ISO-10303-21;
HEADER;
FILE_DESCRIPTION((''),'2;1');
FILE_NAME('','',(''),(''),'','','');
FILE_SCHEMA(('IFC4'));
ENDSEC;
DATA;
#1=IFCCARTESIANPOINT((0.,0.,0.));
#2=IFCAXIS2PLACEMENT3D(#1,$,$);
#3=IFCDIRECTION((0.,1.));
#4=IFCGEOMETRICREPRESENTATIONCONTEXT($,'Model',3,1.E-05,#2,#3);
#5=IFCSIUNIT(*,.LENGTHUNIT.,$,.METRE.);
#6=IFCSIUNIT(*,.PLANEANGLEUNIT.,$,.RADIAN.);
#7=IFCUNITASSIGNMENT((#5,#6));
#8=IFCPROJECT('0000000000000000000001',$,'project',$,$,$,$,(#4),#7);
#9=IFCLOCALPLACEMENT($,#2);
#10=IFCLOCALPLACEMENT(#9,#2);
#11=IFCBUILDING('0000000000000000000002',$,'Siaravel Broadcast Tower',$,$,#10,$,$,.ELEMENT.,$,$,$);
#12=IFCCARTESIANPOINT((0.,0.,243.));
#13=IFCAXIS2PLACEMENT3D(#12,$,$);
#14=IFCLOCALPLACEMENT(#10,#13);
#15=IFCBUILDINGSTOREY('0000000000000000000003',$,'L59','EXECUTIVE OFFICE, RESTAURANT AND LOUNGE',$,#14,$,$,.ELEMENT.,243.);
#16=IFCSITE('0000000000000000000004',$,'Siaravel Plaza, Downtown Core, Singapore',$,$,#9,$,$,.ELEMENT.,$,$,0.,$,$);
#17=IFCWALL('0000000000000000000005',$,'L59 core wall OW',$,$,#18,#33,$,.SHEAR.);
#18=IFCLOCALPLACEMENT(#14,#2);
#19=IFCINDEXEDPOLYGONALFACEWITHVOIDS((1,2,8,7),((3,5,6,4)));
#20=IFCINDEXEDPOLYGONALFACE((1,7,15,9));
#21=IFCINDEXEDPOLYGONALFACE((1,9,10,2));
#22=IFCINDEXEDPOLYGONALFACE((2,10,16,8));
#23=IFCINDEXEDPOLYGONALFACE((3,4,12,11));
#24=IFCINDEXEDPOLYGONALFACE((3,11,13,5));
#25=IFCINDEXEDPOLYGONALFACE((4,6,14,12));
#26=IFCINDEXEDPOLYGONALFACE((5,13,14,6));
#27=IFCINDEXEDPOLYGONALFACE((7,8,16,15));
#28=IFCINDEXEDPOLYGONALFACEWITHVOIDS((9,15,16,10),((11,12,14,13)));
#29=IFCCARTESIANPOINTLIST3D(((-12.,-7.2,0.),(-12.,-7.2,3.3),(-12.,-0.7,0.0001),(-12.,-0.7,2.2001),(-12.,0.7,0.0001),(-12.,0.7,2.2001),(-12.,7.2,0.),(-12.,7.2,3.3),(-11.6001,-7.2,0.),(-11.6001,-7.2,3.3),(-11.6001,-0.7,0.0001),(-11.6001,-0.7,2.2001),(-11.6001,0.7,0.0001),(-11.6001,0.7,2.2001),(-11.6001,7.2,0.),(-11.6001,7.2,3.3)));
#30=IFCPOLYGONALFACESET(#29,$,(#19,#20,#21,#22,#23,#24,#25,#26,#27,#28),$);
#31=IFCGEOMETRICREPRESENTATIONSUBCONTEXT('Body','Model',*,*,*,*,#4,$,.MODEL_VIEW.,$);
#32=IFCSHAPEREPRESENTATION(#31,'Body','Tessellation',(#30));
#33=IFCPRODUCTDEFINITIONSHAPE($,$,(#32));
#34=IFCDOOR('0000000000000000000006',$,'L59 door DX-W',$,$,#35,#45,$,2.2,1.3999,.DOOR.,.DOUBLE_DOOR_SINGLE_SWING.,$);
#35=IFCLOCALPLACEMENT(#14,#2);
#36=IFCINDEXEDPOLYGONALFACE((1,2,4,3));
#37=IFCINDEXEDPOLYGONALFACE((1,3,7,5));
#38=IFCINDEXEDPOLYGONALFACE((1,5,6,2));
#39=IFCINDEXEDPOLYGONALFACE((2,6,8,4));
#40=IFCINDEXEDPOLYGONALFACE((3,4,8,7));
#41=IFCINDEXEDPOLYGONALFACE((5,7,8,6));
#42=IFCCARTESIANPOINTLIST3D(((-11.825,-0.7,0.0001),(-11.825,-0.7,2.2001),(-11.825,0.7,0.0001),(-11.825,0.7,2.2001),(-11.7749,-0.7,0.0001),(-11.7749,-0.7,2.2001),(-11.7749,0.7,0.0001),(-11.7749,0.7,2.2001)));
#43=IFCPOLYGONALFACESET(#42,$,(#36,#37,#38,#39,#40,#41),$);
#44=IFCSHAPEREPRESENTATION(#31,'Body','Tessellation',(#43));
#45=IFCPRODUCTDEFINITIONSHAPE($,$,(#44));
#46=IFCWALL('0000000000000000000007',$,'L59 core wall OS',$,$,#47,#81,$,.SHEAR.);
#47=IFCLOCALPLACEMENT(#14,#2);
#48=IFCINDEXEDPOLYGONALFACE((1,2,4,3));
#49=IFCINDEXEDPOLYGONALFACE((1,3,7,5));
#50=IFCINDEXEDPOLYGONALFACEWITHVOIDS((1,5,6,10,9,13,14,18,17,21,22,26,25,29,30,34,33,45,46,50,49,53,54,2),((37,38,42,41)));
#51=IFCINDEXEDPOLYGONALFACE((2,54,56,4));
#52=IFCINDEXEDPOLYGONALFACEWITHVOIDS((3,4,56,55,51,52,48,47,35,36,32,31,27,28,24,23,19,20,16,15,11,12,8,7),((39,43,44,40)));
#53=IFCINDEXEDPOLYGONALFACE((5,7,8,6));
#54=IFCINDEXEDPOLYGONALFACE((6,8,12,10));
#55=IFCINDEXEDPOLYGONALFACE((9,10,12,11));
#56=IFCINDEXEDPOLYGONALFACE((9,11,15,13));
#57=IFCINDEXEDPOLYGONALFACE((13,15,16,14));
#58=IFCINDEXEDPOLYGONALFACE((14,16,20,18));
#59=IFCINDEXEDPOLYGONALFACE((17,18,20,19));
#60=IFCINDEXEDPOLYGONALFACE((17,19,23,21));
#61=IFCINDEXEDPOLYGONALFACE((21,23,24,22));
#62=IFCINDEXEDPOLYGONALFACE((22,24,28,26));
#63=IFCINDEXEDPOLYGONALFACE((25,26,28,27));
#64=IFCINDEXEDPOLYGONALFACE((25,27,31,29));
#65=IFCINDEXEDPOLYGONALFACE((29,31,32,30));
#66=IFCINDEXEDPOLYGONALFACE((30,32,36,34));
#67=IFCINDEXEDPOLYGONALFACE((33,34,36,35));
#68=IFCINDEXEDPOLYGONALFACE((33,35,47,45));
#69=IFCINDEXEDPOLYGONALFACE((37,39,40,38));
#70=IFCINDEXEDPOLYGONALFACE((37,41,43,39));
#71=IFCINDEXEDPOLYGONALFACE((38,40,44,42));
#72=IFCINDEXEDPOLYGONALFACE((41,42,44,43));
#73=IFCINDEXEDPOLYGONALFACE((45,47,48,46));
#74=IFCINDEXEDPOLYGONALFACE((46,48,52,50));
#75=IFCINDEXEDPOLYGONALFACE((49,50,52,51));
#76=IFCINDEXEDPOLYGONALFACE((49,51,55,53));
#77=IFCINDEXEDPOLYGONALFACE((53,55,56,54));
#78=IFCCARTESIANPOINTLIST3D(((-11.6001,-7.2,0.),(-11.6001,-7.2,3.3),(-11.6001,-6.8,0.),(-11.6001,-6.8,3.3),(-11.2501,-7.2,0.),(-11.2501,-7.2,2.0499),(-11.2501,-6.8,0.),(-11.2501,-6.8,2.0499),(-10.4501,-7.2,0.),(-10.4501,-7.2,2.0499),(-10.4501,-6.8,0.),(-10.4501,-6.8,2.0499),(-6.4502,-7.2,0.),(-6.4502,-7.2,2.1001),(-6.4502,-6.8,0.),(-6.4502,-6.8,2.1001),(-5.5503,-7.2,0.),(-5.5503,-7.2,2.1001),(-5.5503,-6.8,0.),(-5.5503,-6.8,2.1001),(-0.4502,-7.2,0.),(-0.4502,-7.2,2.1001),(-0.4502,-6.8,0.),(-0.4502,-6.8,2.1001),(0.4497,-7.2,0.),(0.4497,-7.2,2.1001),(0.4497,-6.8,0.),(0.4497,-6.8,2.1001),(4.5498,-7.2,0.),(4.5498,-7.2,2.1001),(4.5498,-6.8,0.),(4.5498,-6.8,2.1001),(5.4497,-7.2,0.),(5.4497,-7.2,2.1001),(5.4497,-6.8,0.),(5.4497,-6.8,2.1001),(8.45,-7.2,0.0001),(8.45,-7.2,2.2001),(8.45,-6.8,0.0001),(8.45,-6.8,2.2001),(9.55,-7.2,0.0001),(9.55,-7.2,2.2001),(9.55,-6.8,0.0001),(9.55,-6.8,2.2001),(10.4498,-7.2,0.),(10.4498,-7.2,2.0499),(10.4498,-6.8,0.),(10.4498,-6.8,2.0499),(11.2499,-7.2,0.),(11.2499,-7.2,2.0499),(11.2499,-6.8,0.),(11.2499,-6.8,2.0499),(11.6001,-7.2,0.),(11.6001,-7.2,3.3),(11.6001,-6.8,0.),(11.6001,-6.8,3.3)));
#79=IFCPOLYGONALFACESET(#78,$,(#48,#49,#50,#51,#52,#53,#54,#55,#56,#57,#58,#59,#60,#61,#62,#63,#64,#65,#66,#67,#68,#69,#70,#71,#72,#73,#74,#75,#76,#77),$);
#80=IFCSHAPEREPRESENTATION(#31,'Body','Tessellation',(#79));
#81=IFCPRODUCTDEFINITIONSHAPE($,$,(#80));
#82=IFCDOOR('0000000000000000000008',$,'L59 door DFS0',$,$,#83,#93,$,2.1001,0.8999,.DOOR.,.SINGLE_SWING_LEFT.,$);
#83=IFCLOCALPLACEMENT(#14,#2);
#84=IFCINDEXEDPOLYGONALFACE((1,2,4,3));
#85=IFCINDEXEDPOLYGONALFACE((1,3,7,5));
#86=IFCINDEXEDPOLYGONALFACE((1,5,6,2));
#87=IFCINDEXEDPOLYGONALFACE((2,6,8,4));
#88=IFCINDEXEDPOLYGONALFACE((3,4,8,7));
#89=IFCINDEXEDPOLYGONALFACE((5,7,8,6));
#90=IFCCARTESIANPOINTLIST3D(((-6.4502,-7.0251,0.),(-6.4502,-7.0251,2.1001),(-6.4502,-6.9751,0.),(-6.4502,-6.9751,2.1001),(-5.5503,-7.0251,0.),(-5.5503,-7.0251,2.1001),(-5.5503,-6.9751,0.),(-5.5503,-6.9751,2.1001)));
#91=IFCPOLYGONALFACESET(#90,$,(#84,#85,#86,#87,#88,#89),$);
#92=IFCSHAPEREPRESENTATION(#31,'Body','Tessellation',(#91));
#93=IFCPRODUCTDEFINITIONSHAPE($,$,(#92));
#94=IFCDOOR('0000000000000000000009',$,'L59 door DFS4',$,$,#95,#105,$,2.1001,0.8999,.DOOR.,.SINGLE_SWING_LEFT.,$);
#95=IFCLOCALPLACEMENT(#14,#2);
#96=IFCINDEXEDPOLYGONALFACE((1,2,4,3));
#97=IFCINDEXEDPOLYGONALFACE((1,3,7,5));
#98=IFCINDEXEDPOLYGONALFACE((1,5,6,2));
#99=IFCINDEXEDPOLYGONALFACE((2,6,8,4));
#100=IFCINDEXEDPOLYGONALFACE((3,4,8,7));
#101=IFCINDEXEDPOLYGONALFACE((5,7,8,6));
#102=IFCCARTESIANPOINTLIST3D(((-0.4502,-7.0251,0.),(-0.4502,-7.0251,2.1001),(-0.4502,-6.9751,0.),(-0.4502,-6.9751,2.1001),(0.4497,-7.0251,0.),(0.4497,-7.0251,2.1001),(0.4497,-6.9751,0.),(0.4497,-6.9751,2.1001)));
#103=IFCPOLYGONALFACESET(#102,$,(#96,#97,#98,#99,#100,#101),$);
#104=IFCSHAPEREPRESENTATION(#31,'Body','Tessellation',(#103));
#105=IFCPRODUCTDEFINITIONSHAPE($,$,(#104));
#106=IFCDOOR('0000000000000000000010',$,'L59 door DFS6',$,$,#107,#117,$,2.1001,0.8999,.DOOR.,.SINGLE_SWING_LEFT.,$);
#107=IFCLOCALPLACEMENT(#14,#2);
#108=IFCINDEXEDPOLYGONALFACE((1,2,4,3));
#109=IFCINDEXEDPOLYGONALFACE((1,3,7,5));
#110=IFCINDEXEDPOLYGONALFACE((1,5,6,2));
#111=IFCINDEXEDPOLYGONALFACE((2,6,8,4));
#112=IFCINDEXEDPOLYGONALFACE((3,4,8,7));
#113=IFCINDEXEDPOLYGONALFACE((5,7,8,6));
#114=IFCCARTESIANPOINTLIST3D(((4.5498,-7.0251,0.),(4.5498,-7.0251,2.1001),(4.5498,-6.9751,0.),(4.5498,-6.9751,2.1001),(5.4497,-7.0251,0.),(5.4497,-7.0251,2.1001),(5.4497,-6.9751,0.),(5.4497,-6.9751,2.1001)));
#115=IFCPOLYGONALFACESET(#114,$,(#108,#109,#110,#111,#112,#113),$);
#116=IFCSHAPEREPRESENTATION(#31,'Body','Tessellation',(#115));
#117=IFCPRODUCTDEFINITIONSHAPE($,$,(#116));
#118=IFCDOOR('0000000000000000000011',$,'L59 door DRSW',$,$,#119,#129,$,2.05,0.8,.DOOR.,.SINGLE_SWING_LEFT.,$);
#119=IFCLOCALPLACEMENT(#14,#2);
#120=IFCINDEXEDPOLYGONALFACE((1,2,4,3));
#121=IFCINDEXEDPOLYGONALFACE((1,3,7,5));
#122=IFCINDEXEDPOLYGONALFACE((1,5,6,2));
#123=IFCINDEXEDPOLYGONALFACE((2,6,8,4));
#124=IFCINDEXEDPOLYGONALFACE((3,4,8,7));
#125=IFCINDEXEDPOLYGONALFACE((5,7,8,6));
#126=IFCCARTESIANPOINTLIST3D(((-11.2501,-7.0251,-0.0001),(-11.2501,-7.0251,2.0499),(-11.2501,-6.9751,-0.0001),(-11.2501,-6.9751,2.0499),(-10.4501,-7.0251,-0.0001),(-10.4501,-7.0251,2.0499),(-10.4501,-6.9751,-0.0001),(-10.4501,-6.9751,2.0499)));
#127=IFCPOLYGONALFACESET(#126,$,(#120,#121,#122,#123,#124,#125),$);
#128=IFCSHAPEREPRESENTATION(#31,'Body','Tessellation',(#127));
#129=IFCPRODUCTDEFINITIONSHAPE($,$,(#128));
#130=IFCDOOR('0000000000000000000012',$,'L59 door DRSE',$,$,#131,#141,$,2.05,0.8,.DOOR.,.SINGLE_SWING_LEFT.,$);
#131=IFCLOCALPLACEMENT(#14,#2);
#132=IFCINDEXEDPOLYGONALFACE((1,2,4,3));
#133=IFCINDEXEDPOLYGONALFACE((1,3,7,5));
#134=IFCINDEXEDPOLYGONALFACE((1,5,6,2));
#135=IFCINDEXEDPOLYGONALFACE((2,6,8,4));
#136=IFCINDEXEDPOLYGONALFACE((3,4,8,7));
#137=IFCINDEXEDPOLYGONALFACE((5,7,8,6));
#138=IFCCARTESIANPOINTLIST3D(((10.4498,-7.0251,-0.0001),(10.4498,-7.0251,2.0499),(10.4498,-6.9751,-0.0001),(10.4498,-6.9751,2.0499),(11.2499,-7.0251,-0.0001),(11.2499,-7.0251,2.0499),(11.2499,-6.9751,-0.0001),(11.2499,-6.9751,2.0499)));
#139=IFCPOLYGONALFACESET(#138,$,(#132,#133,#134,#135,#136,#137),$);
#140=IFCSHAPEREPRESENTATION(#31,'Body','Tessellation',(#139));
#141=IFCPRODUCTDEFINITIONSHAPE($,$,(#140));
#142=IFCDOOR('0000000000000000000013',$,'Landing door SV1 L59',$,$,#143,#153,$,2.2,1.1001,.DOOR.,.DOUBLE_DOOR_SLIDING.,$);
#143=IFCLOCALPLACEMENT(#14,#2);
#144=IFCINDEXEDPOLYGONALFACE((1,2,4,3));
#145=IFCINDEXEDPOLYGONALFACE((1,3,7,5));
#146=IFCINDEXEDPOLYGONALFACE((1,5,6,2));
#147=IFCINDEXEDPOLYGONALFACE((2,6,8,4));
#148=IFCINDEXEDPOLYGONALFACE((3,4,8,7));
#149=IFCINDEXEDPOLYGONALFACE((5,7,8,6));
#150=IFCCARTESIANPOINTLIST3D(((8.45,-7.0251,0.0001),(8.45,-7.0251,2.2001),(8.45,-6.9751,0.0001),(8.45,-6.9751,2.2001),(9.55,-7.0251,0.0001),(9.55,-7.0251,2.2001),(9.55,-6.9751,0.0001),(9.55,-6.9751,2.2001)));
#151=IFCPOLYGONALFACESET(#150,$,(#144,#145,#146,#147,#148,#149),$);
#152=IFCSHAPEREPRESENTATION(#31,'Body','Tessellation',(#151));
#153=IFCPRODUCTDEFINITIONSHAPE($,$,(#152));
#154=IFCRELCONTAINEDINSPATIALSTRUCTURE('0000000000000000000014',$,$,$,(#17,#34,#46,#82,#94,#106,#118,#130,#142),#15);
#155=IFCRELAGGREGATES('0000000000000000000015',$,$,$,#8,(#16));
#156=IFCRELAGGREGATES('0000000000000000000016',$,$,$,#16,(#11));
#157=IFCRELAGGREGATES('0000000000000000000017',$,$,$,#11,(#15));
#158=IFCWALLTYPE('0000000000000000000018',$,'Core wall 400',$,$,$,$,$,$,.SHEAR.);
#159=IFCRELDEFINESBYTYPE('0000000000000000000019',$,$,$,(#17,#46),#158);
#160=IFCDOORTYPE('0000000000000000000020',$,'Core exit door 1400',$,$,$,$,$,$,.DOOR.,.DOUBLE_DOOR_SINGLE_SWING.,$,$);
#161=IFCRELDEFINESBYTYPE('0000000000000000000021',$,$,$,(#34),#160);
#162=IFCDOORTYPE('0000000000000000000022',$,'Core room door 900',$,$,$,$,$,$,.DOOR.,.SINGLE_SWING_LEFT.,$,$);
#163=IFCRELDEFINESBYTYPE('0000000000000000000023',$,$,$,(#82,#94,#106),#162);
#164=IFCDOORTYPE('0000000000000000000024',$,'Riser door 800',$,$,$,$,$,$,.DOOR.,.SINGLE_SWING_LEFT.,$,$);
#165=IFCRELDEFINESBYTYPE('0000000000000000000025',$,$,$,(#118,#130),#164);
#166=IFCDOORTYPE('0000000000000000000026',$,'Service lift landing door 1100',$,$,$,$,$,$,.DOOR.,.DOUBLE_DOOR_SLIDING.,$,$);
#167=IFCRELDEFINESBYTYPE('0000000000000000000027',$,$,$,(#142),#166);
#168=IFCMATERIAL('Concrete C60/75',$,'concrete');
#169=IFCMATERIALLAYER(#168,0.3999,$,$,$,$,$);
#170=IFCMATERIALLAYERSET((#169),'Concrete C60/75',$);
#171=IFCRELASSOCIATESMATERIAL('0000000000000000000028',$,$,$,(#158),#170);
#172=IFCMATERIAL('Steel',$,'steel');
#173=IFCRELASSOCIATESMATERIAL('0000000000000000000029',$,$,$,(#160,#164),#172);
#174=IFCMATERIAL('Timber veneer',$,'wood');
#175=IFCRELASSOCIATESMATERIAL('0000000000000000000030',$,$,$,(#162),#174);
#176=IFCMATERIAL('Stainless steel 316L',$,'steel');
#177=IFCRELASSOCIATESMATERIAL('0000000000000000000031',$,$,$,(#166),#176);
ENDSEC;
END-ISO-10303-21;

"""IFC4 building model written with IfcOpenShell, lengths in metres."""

from ifc_helpers import new_model, si_unit, direction, frame, frame_2d, origin, place, context, subcontext, project, spatial, rectangle, extrude, material, layer, layer_set, type_object, element, fill, save


model = new_model("IFC4")

# Units and contexts
model_context = context("Model", 3, precision=1e-05, world=origin(), true_north=direction((0.0, 1.0)))
body_context = subcontext(model_context, "Body", "Model", "MODEL_VIEW")
ifc_project = project(units=[si_unit("LENGTHUNIT", "METRE"), si_unit("PLANEANGLEUNIT", "RADIAN")], contexts=[model_context])

# Site, building, storey
site_placement = place(None, origin())
site = spatial("IfcSite", under=ifc_project, at=site_placement, Name="Siaravel Plaza, Downtown Core, Singapore", CompositionType="ELEMENT", RefElevation=0.0)
building_placement = place(site_placement, origin())
building = spatial("IfcBuilding", under=site, at=building_placement, Name="Siaravel Broadcast Tower", CompositionType="ELEMENT")
storey_placement = place(building_placement, frame((0.0, 0.0, 243.0)))
storey = spatial("IfcBuildingStorey", under=building, at=storey_placement, Name="L59", Description="EXECUTIVE OFFICE, RESTAURANT AND LOUNGE", CompositionType="ELEMENT", Elevation=243.0)

# Wall, opening, door
ifc_material_1 = material(Name="Concrete C60/75", Category="concrete")
ifc_layer_1 = layer(ifc_material_1, 0.3999)
ifc_layer_set_1 = layer_set([ifc_layer_1], Name="Concrete C60/75")
wall_type_1 = type_object("IfcWallType", Name="Core wall 400", PredefinedType="SHEAR", material=ifc_layer_set_1)
wall_1_placement = place(storey_placement, frame((-11.8, -7.2, 0.0), z_axis=(0.0, 0.0, 1.0), x_axis=(0.0, 1.0, 0.0)))
wall_1 = element("IfcWall", 1, at=wall_1_placement, inside=storey, type_object=wall_type_1, Name="L59 core wall OW", PredefinedType="SHEAR", context=body_context, shape_type="SweptSolid", body=[
    extrude(rectangle(XDim=14.3999, YDim=0.3999, at=frame_2d((7.2, 0.0))), origin(), (0.0, 0.0, 1.0), 3.3),
])
opening_1_placement = place(wall_1_placement, frame((6.5, 0.0, 0.0)))
opening_1 = element("IfcOpeningElement", 2, at=opening_1_placement, cuts=wall_1, PredefinedType="OPENING", context=body_context, shape_type="SweptSolid", body=[
    extrude(rectangle(XDim=1.3999, YDim=2.2, at=frame_2d((0.7, 1.1001))), frame((0.0, 0.21, 0.0), z_axis=(0.0, -1.0, 0.0), x_axis=(1.0, 0.0, 0.0)), (0.0, 0.0, 1.0), 0.4199),
])
ifc_material_2 = material(Name="Steel", Category="steel")
door_type_1 = type_object("IfcDoorType", Name="Core exit door 1400", OperationType="DOUBLE_DOOR_SINGLE_SWING", PredefinedType="DOOR", material=ifc_material_2)
door_1_placement = place(opening_1_placement, origin())
door_1 = element("IfcDoor", 3, at=door_1_placement, inside=storey, type_object=door_type_1, Name="L59 door DX-W", OperationType="DOUBLE_DOOR_SINGLE_SWING", OverallHeight=2.2, OverallWidth=1.3999, PredefinedType="DOOR", context=body_context, shape_type="SweptSolid", body=[
    extrude(rectangle(XDim=1.3999, YDim=2.2, at=frame_2d((0.7, 1.1001))), frame((0.0, 0.0249, 0.0), z_axis=(0.0, -1.0, 0.0), x_axis=(1.0, 0.0, 0.0)), (0.0, 0.0, 1.0), 0.05),
])
fill(opening_1, door_1)

# Wall, openings, doors
wall_2_placement = place(storey_placement, frame((-11.6001, -7.0, 0.0), z_axis=(0.0, 0.0, 1.0), x_axis=(1.0, 0.0, 0.0)))
wall_2 = element("IfcWall", 4, at=wall_2_placement, inside=storey, type_object=wall_type_1, Name="L59 core wall OS", PredefinedType="SHEAR", context=body_context, shape_type="SweptSolid", body=[
    extrude(rectangle(XDim=23.2002, YDim=0.3999, at=frame_2d((11.6001, 0.0))), origin(), (0.0, 0.0, 1.0), 3.3),
])
opening_2_placement = place(wall_2_placement, frame((20.05, 0.0, 0.0)))
opening_2 = element("IfcOpeningElement", 5, at=opening_2_placement, cuts=wall_2, PredefinedType="OPENING", context=body_context, shape_type="SweptSolid", body=[
    extrude(rectangle(XDim=1.1001, YDim=2.2, at=frame_2d((0.55, 1.1001))), frame((0.0, 0.21, 0.0), z_axis=(0.0, -1.0, 0.0), x_axis=(1.0, 0.0, 0.0)), (0.0, 0.0, 1.0), 0.4199),
])
opening_3_placement = place(wall_2_placement, frame((5.1499, 0.0, 0.0)))
opening_3 = element("IfcOpeningElement", 6, at=opening_3_placement, cuts=wall_2, PredefinedType="OPENING", context=body_context, shape_type="SweptSolid", body=[
    extrude(rectangle(XDim=0.8999, YDim=2.1001, at=frame_2d((0.45, 1.05))), frame((0.0, 0.21, 0.0), z_axis=(0.0, -1.0, 0.0), x_axis=(1.0, 0.0, 0.0)), (0.0, 0.0, 1.0), 0.4199),
])
opening_4_placement = place(wall_2_placement, frame((11.1499, 0.0, 0.0)))
opening_4 = element("IfcOpeningElement", 7, at=opening_4_placement, cuts=wall_2, PredefinedType="OPENING", context=body_context, shape_type="SweptSolid", body=[
    extrude(rectangle(XDim=0.8999, YDim=2.1001, at=frame_2d((0.45, 1.05))), frame((0.0, 0.21, 0.0), z_axis=(0.0, -1.0, 0.0), x_axis=(1.0, 0.0, 0.0)), (0.0, 0.0, 1.0), 0.4199),
])
opening_5_placement = place(wall_2_placement, frame((16.1499, 0.0, 0.0)))
opening_5 = element("IfcOpeningElement", 8, at=opening_5_placement, cuts=wall_2, PredefinedType="OPENING", context=body_context, shape_type="SweptSolid", body=[
    extrude(rectangle(XDim=0.8999, YDim=2.1001, at=frame_2d((0.45, 1.05))), frame((0.0, 0.21, 0.0), z_axis=(0.0, -1.0, 0.0), x_axis=(1.0, 0.0, 0.0)), (0.0, 0.0, 1.0), 0.4199),
])
opening_6_placement = place(wall_2_placement, frame((0.3501, 0.0, 0.0)))
opening_6 = element("IfcOpeningElement", 9, at=opening_6_placement, cuts=wall_2, PredefinedType="OPENING", context=body_context, shape_type="SweptSolid", body=[
    extrude(rectangle(XDim=0.8, YDim=2.05, at=frame_2d((0.3999, 1.0249))), frame((0.0, 0.21, 0.0), z_axis=(0.0, -1.0, 0.0), x_axis=(1.0, 0.0, 0.0)), (0.0, 0.0, 1.0), 0.4199),
])
opening_7_placement = place(wall_2_placement, frame((22.05, 0.0, 0.0)))
opening_7 = element("IfcOpeningElement", 10, at=opening_7_placement, cuts=wall_2, PredefinedType="OPENING", context=body_context, shape_type="SweptSolid", body=[
    extrude(rectangle(XDim=0.8, YDim=2.05, at=frame_2d((0.3999, 1.0249))), frame((0.0, 0.21, 0.0), z_axis=(0.0, -1.0, 0.0), x_axis=(1.0, 0.0, 0.0)), (0.0, 0.0, 1.0), 0.4199),
])
ifc_material_3 = material(Name="Timber veneer", Category="wood")
door_type_2 = type_object("IfcDoorType", Name="Core room door 900", OperationType="SINGLE_SWING_LEFT", PredefinedType="DOOR", material=ifc_material_3)
door_2_placement = place(opening_3_placement, origin())
door_2 = element("IfcDoor", 11, at=door_2_placement, inside=storey, type_object=door_type_2, Name="L59 door DFS0", OperationType="SINGLE_SWING_LEFT", OverallHeight=2.1001, OverallWidth=0.8999, PredefinedType="DOOR", context=body_context, shape_type="SweptSolid", body=[
    extrude(rectangle(XDim=0.8999, YDim=2.1001, at=frame_2d((0.45, 1.05))), frame((0.0, 0.0249, 0.0), z_axis=(0.0, -1.0, 0.0), x_axis=(1.0, 0.0, 0.0)), (0.0, 0.0, 1.0), 0.05),
])
fill(opening_3, door_2)
door_3_placement = place(opening_4_placement, origin())
door_3 = element("IfcDoor", 12, at=door_3_placement, inside=storey, type_object=door_type_2, Name="L59 door DFS4", OperationType="SINGLE_SWING_LEFT", OverallHeight=2.1001, OverallWidth=0.8999, PredefinedType="DOOR", context=body_context, shape_type="SweptSolid", body=[
    extrude(rectangle(XDim=0.8999, YDim=2.1001, at=frame_2d((0.45, 1.05))), frame((0.0, 0.0249, 0.0), z_axis=(0.0, -1.0, 0.0), x_axis=(1.0, 0.0, 0.0)), (0.0, 0.0, 1.0), 0.05),
])
fill(opening_4, door_3)
door_4_placement = place(opening_5_placement, origin())
door_4 = element("IfcDoor", 13, at=door_4_placement, inside=storey, type_object=door_type_2, Name="L59 door DFS6", OperationType="SINGLE_SWING_LEFT", OverallHeight=2.1001, OverallWidth=0.8999, PredefinedType="DOOR", context=body_context, shape_type="SweptSolid", body=[
    extrude(rectangle(XDim=0.8999, YDim=2.1001, at=frame_2d((0.45, 1.05))), frame((0.0, 0.0249, 0.0), z_axis=(0.0, -1.0, 0.0), x_axis=(1.0, 0.0, 0.0)), (0.0, 0.0, 1.0), 0.05),
])
fill(opening_5, door_4)
door_type_3 = type_object("IfcDoorType", Name="Riser door 800", OperationType="SINGLE_SWING_LEFT", PredefinedType="DOOR", material=ifc_material_2)
door_5_placement = place(opening_6_placement, origin())
door_5 = element("IfcDoor", 14, at=door_5_placement, inside=storey, type_object=door_type_3, Name="L59 door DRSW", OperationType="SINGLE_SWING_LEFT", OverallHeight=2.05, OverallWidth=0.8, PredefinedType="DOOR", context=body_context, shape_type="SweptSolid", body=[
    extrude(rectangle(XDim=0.8, YDim=2.05, at=frame_2d((0.3999, 1.0249))), frame((0.0, 0.0249, 0.0), z_axis=(0.0, -1.0, 0.0), x_axis=(1.0, 0.0, 0.0)), (0.0, 0.0, 1.0), 0.05),
])
fill(opening_6, door_5)
door_6_placement = place(opening_7_placement, origin())
door_6 = element("IfcDoor", 15, at=door_6_placement, inside=storey, type_object=door_type_3, Name="L59 door DRSE", OperationType="SINGLE_SWING_LEFT", OverallHeight=2.05, OverallWidth=0.8, PredefinedType="DOOR", context=body_context, shape_type="SweptSolid", body=[
    extrude(rectangle(XDim=0.8, YDim=2.05, at=frame_2d((0.3999, 1.0249))), frame((0.0, 0.0249, 0.0), z_axis=(0.0, -1.0, 0.0), x_axis=(1.0, 0.0, 0.0)), (0.0, 0.0, 1.0), 0.05),
])
fill(opening_7, door_6)
ifc_material_4 = material(Name="Stainless steel 316L", Category="steel")
door_type_4 = type_object("IfcDoorType", Name="Service lift landing door 1100", OperationType="DOUBLE_DOOR_SLIDING", PredefinedType="DOOR", material=ifc_material_4)
door_7_placement = place(opening_2_placement, origin())
door_7 = element("IfcDoor", 16, at=door_7_placement, inside=storey, type_object=door_type_4, Name="Landing door SV1 L59", OperationType="DOUBLE_DOOR_SLIDING", OverallHeight=2.2, OverallWidth=1.1001, PredefinedType="DOOR", context=body_context, shape_type="SweptSolid", body=[
    extrude(rectangle(XDim=1.1001, YDim=2.2, at=frame_2d((0.55, 1.1001))), frame((0.0, 0.0249, 0.0), z_axis=(0.0, -1.0, 0.0), x_axis=(1.0, 0.0, 0.0)), (0.0, 0.0, 1.0), 0.05),
])
fill(opening_2, door_7)

save(model, "model.ifc")
